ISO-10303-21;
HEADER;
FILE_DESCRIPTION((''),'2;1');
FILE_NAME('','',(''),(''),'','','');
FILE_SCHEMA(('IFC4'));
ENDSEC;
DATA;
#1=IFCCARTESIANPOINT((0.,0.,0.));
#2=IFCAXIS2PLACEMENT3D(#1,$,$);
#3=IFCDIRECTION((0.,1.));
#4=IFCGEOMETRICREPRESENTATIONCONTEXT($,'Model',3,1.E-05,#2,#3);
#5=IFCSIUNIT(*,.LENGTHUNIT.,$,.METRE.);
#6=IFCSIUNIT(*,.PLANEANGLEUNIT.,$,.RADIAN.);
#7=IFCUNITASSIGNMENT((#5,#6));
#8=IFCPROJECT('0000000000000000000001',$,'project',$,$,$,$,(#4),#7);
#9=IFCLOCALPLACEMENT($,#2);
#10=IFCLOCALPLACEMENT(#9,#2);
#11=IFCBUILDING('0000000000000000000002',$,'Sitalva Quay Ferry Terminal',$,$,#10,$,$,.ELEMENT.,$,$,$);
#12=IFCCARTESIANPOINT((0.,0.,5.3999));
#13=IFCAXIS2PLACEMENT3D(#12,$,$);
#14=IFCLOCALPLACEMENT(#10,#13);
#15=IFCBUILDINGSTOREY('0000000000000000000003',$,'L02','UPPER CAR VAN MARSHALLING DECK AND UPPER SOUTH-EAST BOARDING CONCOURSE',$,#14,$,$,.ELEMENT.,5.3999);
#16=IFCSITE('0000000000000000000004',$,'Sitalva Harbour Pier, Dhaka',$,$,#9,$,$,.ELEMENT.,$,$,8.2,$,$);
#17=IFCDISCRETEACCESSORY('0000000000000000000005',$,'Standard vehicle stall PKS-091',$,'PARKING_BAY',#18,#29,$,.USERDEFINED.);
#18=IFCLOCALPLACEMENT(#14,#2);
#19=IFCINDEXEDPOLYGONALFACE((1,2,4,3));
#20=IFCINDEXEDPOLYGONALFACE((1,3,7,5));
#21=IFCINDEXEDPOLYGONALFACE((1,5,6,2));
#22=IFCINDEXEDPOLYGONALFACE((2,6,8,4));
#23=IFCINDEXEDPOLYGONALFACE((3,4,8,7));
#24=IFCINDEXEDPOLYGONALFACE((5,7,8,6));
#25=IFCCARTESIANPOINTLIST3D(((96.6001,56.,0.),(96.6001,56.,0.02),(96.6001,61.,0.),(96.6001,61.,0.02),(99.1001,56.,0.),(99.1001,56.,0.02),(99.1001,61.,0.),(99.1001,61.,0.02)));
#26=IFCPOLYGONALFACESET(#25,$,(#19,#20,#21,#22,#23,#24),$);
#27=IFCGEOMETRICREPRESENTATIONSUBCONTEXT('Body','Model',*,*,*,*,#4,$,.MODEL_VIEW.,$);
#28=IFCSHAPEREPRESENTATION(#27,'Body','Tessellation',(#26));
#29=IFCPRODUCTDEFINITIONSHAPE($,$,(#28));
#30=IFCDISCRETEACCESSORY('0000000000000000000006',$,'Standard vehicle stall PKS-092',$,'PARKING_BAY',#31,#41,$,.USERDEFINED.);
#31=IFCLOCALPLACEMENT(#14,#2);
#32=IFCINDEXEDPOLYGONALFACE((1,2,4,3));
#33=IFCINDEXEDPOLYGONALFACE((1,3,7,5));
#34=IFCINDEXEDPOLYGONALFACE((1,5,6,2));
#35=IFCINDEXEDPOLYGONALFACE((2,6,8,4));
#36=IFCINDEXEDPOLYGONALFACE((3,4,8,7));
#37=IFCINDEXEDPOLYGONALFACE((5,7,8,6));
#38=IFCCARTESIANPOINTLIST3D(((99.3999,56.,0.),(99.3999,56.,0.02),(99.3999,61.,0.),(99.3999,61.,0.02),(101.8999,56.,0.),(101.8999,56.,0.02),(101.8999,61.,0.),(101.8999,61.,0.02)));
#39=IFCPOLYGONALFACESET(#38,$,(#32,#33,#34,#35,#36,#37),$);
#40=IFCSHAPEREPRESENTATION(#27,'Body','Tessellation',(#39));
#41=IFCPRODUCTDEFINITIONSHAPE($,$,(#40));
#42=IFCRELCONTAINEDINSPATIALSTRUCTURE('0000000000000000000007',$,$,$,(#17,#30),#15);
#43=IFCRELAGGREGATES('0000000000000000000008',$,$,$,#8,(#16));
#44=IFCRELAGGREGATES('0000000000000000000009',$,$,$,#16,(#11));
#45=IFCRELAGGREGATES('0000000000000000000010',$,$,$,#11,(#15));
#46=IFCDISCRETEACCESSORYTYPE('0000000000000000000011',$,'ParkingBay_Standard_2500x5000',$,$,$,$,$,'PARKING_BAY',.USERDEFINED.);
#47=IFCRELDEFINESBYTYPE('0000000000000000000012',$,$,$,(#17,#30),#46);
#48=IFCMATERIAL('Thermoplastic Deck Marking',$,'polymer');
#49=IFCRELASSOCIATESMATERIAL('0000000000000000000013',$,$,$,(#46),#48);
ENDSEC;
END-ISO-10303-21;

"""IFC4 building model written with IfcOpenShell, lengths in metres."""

from ifc_helpers import new_model, si_unit, direction, frame, origin, origin_2d, place, context, subcontext, project, spatial, rectangle, extrude, material, type_object, element, save


model = new_model("IFC4")

# Units and contexts
model_context = context("Model", 3, precision=1e-05, world=origin(), true_north=direction((0.0, 1.0)))
body_context = subcontext(model_context, "Body", "Model", "MODEL_VIEW")
ifc_project = project(units=[si_unit("LENGTHUNIT", "METRE"), si_unit("PLANEANGLEUNIT", "RADIAN")], contexts=[model_context])

# Site, building, storey
site_placement = place(None, origin())
site = spatial("IfcSite", under=ifc_project, at=site_placement, Name="Sitalva Harbour Pier, Dhaka", CompositionType="ELEMENT", RefElevation=8.2)
building_placement = place(site_placement, origin())
building = spatial("IfcBuilding", under=site, at=building_placement, Name="Sitalva Quay Ferry Terminal", CompositionType="ELEMENT")
storey_placement = place(building_placement, frame((0.0, 0.0, 5.3999)))
storey = spatial("IfcBuildingStorey", under=building, at=storey_placement, Name="L02", Description="UPPER CAR VAN MARSHALLING DECK AND UPPER SOUTH-EAST BOARDING CONCOURSE", CompositionType="ELEMENT", Elevation=5.3999)

# Discrete accessories
ifc_material_1 = material(Name="Thermoplastic Deck Marking", Category="polymer")
discrete_accessory_type = type_object("IfcDiscreteAccessoryType", Name="ParkingBay_Standard_2500x5000", ElementType="PARKING_BAY", PredefinedType="USERDEFINED", material=ifc_material_1)
for number, where, z_axis, x_axis, name in (
    (1, (97.8501, 58.5, 0.0), (0.0, 0.0, 1.0), (1.0, 0.0, 0.0), "Standard vehicle stall PKS-091"),
    (2, (100.6499, 58.5, 0.0), (0.0, 0.0, 1.0), (1.0, 0.0, 0.0), "Standard vehicle stall PKS-092"),
):
    element("IfcDiscreteAccessory", number, at=place(storey_placement, frame(where, z_axis=z_axis, x_axis=x_axis)), inside=storey, type_object=discrete_accessory_type, Name=name, ObjectType="PARKING_BAY", PredefinedType="USERDEFINED", context=body_context, shape_type="SweptSolid", body=[
        extrude(rectangle(XDim=2.5, YDim=5.0, at=origin_2d()), origin(), (0.0, 0.0, 1.0), 0.02),
    ])

save(model, "model.ifc")
